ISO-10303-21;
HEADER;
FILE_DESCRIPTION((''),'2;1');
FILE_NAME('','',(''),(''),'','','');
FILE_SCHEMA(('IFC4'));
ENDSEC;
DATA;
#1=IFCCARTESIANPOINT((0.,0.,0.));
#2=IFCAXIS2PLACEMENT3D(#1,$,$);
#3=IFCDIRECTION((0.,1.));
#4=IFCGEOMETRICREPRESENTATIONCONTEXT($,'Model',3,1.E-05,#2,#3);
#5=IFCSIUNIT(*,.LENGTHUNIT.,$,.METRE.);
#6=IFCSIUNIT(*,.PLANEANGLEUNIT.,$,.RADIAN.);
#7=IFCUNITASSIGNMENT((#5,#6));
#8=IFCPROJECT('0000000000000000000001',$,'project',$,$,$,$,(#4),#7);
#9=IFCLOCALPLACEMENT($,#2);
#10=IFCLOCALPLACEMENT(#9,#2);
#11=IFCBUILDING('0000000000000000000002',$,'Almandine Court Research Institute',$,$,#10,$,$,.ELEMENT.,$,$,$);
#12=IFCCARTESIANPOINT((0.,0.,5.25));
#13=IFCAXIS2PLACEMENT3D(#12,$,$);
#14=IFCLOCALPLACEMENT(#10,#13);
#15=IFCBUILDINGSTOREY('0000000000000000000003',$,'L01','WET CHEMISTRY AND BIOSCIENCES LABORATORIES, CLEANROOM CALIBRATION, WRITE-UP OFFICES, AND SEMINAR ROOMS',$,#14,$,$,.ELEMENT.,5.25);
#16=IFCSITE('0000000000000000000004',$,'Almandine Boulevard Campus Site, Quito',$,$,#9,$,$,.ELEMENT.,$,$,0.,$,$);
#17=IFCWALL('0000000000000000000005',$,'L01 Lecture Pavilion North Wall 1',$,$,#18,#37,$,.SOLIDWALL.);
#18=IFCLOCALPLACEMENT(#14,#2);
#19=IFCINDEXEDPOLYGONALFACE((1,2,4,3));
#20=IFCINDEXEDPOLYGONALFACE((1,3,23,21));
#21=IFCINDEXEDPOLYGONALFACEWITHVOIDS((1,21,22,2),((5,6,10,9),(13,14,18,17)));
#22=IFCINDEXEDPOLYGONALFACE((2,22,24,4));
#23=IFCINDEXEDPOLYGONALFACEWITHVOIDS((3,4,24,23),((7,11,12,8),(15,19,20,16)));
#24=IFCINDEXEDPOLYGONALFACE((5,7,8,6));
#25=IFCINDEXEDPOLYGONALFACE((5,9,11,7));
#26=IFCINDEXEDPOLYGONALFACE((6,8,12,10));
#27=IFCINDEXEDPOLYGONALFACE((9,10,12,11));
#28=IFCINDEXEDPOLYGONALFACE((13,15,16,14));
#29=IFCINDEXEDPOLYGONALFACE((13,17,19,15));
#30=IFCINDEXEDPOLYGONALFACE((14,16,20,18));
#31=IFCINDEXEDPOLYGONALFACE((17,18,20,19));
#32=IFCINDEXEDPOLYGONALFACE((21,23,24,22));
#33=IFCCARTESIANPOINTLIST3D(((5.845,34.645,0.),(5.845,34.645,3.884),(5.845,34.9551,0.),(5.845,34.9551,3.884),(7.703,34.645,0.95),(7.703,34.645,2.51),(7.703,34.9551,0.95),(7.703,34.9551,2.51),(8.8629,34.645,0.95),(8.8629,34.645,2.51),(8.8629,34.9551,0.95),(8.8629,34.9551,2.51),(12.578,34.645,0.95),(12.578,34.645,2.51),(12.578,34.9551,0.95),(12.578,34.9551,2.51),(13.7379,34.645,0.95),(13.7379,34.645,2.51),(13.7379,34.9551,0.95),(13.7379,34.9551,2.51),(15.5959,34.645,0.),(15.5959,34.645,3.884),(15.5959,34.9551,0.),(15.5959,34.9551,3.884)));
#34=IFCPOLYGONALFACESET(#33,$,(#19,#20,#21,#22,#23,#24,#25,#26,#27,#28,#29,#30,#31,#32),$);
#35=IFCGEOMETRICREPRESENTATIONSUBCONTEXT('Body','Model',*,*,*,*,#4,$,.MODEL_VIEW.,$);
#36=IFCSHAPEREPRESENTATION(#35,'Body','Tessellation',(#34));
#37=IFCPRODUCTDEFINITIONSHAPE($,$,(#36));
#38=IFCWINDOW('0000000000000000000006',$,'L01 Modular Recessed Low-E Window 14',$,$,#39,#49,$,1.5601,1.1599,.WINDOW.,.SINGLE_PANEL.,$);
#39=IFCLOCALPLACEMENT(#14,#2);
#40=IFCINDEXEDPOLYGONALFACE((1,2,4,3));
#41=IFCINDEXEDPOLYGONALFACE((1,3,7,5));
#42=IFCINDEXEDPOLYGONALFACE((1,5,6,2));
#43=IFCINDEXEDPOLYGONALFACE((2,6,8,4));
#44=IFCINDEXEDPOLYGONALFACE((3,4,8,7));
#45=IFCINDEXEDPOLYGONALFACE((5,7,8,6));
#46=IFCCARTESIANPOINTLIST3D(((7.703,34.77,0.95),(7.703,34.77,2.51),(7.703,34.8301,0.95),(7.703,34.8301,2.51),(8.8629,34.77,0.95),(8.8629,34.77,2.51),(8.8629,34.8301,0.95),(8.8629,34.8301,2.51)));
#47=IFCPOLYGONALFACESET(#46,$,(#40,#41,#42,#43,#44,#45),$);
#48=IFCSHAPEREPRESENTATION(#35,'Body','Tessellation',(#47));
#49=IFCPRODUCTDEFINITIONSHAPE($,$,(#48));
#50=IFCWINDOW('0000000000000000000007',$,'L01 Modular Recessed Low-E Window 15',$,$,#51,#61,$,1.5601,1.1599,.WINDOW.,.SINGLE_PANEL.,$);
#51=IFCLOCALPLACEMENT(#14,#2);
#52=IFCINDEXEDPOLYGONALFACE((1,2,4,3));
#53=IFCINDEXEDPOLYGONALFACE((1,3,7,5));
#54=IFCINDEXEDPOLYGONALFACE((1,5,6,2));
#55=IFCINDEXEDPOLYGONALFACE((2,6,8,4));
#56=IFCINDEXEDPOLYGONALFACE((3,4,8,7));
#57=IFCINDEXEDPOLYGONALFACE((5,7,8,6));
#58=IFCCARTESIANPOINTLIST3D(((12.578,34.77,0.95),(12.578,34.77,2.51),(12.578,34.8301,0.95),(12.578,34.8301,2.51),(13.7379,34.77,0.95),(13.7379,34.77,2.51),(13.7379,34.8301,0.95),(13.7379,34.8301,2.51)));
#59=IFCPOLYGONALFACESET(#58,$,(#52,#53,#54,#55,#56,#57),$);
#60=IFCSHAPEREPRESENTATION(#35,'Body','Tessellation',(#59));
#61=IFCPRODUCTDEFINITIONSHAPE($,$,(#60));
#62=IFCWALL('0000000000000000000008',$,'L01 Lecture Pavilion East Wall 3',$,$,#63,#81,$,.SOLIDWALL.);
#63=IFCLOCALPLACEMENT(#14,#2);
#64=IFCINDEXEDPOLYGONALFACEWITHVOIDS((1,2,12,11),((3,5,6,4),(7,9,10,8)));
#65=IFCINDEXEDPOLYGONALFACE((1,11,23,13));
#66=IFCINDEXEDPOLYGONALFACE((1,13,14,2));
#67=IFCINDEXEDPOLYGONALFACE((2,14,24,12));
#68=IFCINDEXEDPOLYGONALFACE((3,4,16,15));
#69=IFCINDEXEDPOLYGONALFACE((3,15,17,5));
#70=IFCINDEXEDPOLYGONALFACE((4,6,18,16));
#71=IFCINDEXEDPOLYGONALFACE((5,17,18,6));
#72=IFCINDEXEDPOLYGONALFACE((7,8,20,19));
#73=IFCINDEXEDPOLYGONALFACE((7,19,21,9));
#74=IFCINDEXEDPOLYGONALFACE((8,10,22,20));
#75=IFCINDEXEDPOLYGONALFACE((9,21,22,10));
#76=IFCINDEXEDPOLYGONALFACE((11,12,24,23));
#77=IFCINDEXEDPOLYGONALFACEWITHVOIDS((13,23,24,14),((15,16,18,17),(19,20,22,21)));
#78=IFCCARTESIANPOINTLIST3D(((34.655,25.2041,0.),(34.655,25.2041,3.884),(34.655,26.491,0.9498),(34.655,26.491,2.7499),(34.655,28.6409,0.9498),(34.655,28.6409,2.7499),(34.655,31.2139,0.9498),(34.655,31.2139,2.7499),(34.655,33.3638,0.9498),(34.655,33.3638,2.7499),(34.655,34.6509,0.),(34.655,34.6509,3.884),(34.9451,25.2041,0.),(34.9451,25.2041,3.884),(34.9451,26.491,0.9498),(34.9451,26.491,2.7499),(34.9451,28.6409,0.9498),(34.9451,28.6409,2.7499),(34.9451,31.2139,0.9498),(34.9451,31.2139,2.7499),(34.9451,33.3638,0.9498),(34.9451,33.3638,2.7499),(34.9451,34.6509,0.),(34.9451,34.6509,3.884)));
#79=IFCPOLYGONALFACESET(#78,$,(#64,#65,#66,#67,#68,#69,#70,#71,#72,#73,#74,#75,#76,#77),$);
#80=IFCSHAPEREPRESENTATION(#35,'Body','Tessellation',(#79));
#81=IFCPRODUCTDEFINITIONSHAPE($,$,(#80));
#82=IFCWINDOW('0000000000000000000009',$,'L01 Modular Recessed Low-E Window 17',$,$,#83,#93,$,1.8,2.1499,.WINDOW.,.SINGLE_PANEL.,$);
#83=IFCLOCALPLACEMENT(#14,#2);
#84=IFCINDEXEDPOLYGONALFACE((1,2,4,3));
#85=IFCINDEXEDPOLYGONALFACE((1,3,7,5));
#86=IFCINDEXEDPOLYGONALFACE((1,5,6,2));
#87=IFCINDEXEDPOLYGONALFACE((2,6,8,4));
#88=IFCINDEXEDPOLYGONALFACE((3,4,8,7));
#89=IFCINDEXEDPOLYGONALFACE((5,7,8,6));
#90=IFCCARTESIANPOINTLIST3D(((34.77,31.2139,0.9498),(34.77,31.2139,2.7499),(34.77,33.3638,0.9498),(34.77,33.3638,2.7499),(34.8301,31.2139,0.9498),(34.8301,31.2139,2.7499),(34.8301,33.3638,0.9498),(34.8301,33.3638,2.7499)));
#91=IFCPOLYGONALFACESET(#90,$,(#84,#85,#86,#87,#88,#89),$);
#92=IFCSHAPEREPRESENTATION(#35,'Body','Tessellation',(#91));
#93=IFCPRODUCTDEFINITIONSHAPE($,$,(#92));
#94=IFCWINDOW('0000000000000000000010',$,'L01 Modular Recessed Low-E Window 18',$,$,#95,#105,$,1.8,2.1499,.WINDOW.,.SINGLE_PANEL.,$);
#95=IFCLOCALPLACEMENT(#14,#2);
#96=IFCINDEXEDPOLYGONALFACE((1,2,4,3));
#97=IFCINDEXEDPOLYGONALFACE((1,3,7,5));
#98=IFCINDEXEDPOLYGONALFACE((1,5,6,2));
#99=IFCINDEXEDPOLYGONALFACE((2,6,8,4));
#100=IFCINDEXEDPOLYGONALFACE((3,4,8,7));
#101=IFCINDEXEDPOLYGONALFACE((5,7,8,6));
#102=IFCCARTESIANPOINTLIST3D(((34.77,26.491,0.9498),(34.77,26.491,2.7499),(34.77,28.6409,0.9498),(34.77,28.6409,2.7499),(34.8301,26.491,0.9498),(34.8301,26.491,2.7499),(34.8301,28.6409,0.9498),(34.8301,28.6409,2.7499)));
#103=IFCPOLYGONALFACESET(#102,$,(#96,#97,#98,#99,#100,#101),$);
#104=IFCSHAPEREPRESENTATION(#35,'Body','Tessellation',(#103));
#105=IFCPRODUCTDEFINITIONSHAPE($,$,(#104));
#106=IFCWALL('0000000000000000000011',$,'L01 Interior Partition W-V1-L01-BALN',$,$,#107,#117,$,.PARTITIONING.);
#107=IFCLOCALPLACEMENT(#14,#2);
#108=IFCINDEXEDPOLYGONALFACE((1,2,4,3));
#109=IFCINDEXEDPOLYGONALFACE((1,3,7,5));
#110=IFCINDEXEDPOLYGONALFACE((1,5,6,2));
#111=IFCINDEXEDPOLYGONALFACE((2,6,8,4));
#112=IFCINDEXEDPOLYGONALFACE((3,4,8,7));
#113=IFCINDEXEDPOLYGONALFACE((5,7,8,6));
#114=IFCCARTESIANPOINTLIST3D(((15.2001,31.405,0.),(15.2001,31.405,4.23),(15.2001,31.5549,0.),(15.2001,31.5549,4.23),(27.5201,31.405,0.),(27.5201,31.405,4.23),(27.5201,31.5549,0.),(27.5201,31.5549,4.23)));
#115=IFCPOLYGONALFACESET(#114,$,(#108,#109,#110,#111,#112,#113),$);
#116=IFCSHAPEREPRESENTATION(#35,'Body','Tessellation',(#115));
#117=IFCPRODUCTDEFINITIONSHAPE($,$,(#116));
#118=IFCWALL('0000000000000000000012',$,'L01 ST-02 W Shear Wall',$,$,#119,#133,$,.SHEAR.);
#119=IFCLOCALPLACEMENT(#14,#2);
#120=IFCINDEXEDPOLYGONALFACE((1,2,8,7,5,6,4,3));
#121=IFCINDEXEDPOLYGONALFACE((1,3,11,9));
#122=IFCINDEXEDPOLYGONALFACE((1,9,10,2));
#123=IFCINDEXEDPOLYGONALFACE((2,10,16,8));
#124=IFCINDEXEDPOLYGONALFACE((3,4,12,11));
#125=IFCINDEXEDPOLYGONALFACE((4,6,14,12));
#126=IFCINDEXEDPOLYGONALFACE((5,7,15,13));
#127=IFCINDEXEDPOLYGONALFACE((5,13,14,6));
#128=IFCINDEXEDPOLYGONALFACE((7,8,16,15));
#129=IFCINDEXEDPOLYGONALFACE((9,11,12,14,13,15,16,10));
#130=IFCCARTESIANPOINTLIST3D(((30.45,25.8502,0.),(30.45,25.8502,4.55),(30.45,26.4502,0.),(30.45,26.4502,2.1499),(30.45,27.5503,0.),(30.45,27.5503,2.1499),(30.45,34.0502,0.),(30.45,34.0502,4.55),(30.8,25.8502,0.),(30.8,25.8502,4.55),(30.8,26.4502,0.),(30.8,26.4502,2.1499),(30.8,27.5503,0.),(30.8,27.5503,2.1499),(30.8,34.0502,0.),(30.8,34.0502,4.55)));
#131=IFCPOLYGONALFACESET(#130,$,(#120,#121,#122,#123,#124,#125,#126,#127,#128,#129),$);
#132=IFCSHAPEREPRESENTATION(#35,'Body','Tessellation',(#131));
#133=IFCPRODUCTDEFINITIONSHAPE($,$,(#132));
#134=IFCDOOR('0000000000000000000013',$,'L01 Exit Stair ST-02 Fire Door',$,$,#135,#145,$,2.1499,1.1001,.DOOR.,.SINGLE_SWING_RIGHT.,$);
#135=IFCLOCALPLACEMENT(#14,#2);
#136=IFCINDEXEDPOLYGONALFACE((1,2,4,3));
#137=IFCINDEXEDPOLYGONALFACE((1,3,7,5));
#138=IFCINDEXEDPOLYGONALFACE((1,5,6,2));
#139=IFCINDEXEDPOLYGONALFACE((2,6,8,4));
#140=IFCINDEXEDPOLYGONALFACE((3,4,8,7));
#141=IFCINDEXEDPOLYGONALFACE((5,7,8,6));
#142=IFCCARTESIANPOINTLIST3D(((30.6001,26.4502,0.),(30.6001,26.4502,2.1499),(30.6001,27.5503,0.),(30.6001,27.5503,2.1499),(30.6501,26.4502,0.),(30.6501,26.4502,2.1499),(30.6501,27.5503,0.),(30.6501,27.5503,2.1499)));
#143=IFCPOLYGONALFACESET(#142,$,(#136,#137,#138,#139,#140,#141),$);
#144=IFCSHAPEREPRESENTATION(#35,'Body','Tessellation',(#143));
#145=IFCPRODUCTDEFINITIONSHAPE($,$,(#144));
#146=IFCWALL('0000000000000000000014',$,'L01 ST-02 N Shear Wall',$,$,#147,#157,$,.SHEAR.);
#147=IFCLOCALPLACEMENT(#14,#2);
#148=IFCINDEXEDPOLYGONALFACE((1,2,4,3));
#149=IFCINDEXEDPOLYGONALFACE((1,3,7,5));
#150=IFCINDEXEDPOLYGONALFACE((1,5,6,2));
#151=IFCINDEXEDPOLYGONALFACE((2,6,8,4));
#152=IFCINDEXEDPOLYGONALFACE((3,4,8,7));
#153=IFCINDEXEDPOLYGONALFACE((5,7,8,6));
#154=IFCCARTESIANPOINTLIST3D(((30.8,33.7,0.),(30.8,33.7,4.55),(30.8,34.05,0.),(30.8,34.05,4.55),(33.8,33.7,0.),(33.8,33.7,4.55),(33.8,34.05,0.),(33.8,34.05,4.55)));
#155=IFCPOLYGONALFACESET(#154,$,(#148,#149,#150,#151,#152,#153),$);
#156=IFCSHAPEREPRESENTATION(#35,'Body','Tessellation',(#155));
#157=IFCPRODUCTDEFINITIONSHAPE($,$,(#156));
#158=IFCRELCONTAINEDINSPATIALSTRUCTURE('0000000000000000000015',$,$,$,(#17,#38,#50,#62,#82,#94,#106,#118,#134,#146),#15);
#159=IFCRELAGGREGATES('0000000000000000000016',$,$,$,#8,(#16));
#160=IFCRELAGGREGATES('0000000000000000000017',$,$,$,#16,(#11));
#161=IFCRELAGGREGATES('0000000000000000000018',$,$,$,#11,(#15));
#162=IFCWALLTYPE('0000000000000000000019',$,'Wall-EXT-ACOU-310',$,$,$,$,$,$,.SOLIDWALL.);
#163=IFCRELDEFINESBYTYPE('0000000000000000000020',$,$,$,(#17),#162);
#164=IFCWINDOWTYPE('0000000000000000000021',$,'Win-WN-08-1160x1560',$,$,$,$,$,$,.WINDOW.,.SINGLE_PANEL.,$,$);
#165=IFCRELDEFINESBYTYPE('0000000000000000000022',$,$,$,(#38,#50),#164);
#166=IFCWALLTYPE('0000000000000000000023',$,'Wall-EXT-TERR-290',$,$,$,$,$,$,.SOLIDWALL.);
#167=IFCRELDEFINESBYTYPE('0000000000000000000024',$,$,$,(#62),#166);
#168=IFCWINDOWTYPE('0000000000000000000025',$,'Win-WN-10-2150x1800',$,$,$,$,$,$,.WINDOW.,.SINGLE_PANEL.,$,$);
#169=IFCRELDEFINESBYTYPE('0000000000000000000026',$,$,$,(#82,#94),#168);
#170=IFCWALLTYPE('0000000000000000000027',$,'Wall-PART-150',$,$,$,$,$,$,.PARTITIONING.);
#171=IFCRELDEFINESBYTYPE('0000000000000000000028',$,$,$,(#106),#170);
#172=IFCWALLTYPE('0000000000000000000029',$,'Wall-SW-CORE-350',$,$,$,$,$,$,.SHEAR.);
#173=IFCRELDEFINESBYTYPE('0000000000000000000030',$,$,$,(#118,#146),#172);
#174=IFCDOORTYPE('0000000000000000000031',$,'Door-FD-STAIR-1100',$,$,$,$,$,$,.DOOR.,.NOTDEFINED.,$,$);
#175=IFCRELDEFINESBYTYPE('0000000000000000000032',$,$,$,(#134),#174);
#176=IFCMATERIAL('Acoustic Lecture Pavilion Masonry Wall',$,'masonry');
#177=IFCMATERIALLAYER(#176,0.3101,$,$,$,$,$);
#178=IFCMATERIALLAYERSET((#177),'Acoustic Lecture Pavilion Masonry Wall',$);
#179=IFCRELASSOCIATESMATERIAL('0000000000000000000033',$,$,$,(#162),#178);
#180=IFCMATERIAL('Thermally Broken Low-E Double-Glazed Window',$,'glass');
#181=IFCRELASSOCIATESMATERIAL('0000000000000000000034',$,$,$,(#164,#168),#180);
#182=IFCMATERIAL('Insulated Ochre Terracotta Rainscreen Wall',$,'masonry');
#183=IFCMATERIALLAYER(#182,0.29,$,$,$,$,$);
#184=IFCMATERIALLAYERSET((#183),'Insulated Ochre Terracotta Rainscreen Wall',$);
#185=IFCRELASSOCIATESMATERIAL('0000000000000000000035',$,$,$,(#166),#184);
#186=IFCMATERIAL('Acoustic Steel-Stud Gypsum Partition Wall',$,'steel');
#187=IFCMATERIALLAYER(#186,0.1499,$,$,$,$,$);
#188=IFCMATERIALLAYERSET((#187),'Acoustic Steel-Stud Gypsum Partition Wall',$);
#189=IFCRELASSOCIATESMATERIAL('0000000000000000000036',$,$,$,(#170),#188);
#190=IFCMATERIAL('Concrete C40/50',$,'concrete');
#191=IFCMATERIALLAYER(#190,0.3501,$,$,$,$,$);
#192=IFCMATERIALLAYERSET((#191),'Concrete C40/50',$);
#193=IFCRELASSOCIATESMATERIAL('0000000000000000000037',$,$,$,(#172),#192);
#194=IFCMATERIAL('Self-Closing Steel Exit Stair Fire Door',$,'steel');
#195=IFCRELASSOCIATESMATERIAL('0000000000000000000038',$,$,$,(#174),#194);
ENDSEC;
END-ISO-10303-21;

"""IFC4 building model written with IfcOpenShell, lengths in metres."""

from ifc_helpers import new_model, si_unit, direction, frame, frame_2d, origin, place, context, subcontext, project, spatial, rectangle, extrude, material, layer, layer_set, type_object, element, fill, save


model = new_model("IFC4")

# Units and contexts
model_context = context("Model", 3, precision=1e-05, world=origin(), true_north=direction((0.0, 1.0)))
body_context = subcontext(model_context, "Body", "Model", "MODEL_VIEW")
ifc_project = project(units=[si_unit("LENGTHUNIT", "METRE"), si_unit("PLANEANGLEUNIT", "RADIAN")], contexts=[model_context])

# Site, building, storey
site_placement = place(None, origin())
site = spatial("IfcSite", under=ifc_project, at=site_placement, Name="Almandine Boulevard Campus Site, Quito", CompositionType="ELEMENT", RefElevation=0.0)
building_placement = place(site_placement, origin())
building = spatial("IfcBuilding", under=site, at=building_placement, Name="Almandine Court Research Institute", CompositionType="ELEMENT")
storey_placement = place(building_placement, frame((0.0, 0.0, 5.25)))
storey = spatial("IfcBuildingStorey", under=building, at=storey_placement, Name="L01", Description="WET CHEMISTRY AND BIOSCIENCES LABORATORIES, CLEANROOM CALIBRATION, WRITE-UP OFFICES, AND SEMINAR ROOMS", CompositionType="ELEMENT", Elevation=5.25)

# Walls, openings, windows
ifc_material_1 = material(Name="Acoustic Lecture Pavilion Masonry Wall", Category="masonry")
ifc_layer_1 = layer(ifc_material_1, 0.3101)
ifc_layer_set_1 = layer_set([ifc_layer_1], Name="Acoustic Lecture Pavilion Masonry Wall")
wall_type_1 = type_object("IfcWallType", Name="Wall-EXT-ACOU-310", PredefinedType="SOLIDWALL", material=ifc_layer_set_1)
ifc_material_2 = material(Name="Thermally Broken Low-E Double-Glazed Window", Category="glass")
wall_1_placement = place(storey_placement, frame((5.845, 34.8, 0.0), z_axis=(0.0, 0.0, 1.0), x_axis=(1.0, 0.0, 0.0)))
wall_1 = element("IfcWall", 1, at=wall_1_placement, inside=storey, type_object=wall_type_1, Name="L01 Lecture Pavilion North Wall 1", PredefinedType="SOLIDWALL", context=body_context, shape_type="SweptSolid", body=[
    extrude(rectangle(XDim=9.751, YDim=0.3101, at=frame_2d((4.8755, 0.0))), origin(), (0.0, 0.0, 1.0), 3.884),
])
opening_1_placement = place(wall_1_placement, frame((1.8579, 0.0, 0.95)))
opening_1 = element("IfcOpeningElement", 2, at=opening_1_placement, cuts=wall_1, PredefinedType="OPENING", context=body_context, shape_type="SweptSolid", body=[
    extrude(rectangle(XDim=1.1599, YDim=1.5601, at=frame_2d((0.5801, 0.78))), frame((0.0, 0.165, 0.0), z_axis=(0.0, -1.0, 0.0), x_axis=(1.0, 0.0, 0.0)), (0.0, 0.0, 1.0), 0.3301),
])
opening_2_placement = place(wall_1_placement, frame((6.7329, 0.0, 0.95)))
opening_2 = element("IfcOpeningElement", 3, at=opening_2_placement, cuts=wall_1, PredefinedType="OPENING", context=body_context, shape_type="SweptSolid", body=[
    extrude(rectangle(XDim=1.1599, YDim=1.5601, at=frame_2d((0.5801, 0.78))), frame((0.0, 0.165, 0.0), z_axis=(0.0, -1.0, 0.0), x_axis=(1.0, 0.0, 0.0)), (0.0, 0.0, 1.0), 0.3301),
])
window_type_1 = type_object("IfcWindowType", Name="Win-WN-08-1160x1560", PartitioningType="SINGLE_PANEL", PredefinedType="WINDOW", material=ifc_material_2)
window_1_placement = place(opening_1_placement, origin())
window_1 = element("IfcWindow", 4, at=window_1_placement, inside=storey, type_object=window_type_1, Name="L01 Modular Recessed Low-E Window 14", OverallHeight=1.5601, OverallWidth=1.1599, PartitioningType="SINGLE_PANEL", PredefinedType="WINDOW", context=body_context, shape_type="SweptSolid", body=[
    extrude(rectangle(XDim=1.1599, YDim=1.5601, at=frame_2d((0.5801, 0.78))), frame((0.0, 0.03, 0.0), z_axis=(0.0, -1.0, 0.0), x_axis=(1.0, 0.0, 0.0)), (0.0, 0.0, 1.0), 0.0601),
])
fill(opening_1, window_1)
window_2_placement = place(opening_2_placement, origin())
window_2 = element("IfcWindow", 5, at=window_2_placement, inside=storey, type_object=window_type_1, Name="L01 Modular Recessed Low-E Window 15", OverallHeight=1.5601, OverallWidth=1.1599, PartitioningType="SINGLE_PANEL", PredefinedType="WINDOW", context=body_context, shape_type="SweptSolid", body=[
    extrude(rectangle(XDim=1.1599, YDim=1.5601, at=frame_2d((0.5801, 0.78))), frame((0.0, 0.03, 0.0), z_axis=(0.0, -1.0, 0.0), x_axis=(1.0, 0.0, 0.0)), (0.0, 0.0, 1.0), 0.0601),
])
fill(opening_2, window_2)
ifc_material_3 = material(Name="Insulated Ochre Terracotta Rainscreen Wall", Category="masonry")
ifc_layer_2 = layer(ifc_material_3, 0.29)
ifc_layer_set_2 = layer_set([ifc_layer_2], Name="Insulated Ochre Terracotta Rainscreen Wall")
wall_type_2 = type_object("IfcWallType", Name="Wall-EXT-TERR-290", PredefinedType="SOLIDWALL", material=ifc_layer_set_2)
wall_2_placement = place(storey_placement, frame((34.8, 34.6509, 0.0), z_axis=(0.0, 0.0, 1.0), x_axis=(0.0, -1.0, 0.0)))
wall_2 = element("IfcWall", 6, at=wall_2_placement, inside=storey, type_object=wall_type_2, Name="L01 Lecture Pavilion East Wall 3", PredefinedType="SOLIDWALL", context=body_context, shape_type="SweptSolid", body=[
    extrude(rectangle(XDim=9.4468, YDim=0.29, at=frame_2d((4.7234, 0.0))), origin(), (0.0, 0.0, 1.0), 3.884),
])
opening_3_placement = place(wall_2_placement, frame((1.2871, 0.0, 0.95)))
opening_3 = element("IfcOpeningElement", 7, at=opening_3_placement, cuts=wall_2, PredefinedType="OPENING", context=body_context, shape_type="SweptSolid", body=[
    extrude(rectangle(XDim=2.1499, YDim=1.8, at=frame_2d((1.075, 0.8999))), frame((0.0, 0.155, 0.0), z_axis=(0.0, -1.0, 0.0), x_axis=(1.0, 0.0, 0.0)), (0.0, 0.0, 1.0), 0.3101),
])
opening_4_placement = place(wall_2_placement, frame((6.01, 0.0, 0.95)))
opening_4 = element("IfcOpeningElement", 8, at=opening_4_placement, cuts=wall_2, PredefinedType="OPENING", context=body_context, shape_type="SweptSolid", body=[
    extrude(rectangle(XDim=2.1499, YDim=1.8, at=frame_2d((1.075, 0.8999))), frame((0.0, 0.155, 0.0), z_axis=(0.0, -1.0, 0.0), x_axis=(1.0, 0.0, 0.0)), (0.0, 0.0, 1.0), 0.3101),
])
window_type_2 = type_object("IfcWindowType", Name="Win-WN-10-2150x1800", PartitioningType="SINGLE_PANEL", PredefinedType="WINDOW", material=ifc_material_2)
window_3_placement = place(opening_3_placement, origin())
window_3 = element("IfcWindow", 9, at=window_3_placement, inside=storey, type_object=window_type_2, Name="L01 Modular Recessed Low-E Window 17", OverallHeight=1.8, OverallWidth=2.1499, PartitioningType="SINGLE_PANEL", PredefinedType="WINDOW", context=body_context, shape_type="SweptSolid", body=[
    extrude(rectangle(XDim=2.1499, YDim=1.8, at=frame_2d((1.075, 0.8999))), frame((0.0, 0.03, 0.0), z_axis=(0.0, -1.0, 0.0), x_axis=(1.0, 0.0, 0.0)), (0.0, 0.0, 1.0), 0.0601),
])
fill(opening_3, window_3)
window_4_placement = place(opening_4_placement, origin())
window_4 = element("IfcWindow", 10, at=window_4_placement, inside=storey, type_object=window_type_2, Name="L01 Modular Recessed Low-E Window 18", OverallHeight=1.8, OverallWidth=2.1499, PartitioningType="SINGLE_PANEL", PredefinedType="WINDOW", context=body_context, shape_type="SweptSolid", body=[
    extrude(rectangle(XDim=2.1499, YDim=1.8, at=frame_2d((1.075, 0.8999))), frame((0.0, 0.03, 0.0), z_axis=(0.0, -1.0, 0.0), x_axis=(1.0, 0.0, 0.0)), (0.0, 0.0, 1.0), 0.0601),
])
fill(opening_4, window_4)

# Wall
ifc_material_4 = material(Name="Acoustic Steel-Stud Gypsum Partition Wall", Category="steel")
ifc_layer_3 = layer(ifc_material_4, 0.1499)
ifc_layer_set_3 = layer_set([ifc_layer_3], Name="Acoustic Steel-Stud Gypsum Partition Wall")
wall_type_3 = type_object("IfcWallType", Name="Wall-PART-150", PredefinedType="PARTITIONING", material=ifc_layer_set_3)
wall_3_placement = place(storey_placement, frame((15.2, 31.48, 0.0), z_axis=(0.0, 0.0, 1.0), x_axis=(1.0, 0.0, 0.0)))
element("IfcWall", 11, at=wall_3_placement, inside=storey, type_object=wall_type_3, Name="L01 Interior Partition W-V1-L01-BALN", PredefinedType="PARTITIONING", context=body_context, shape_type="SweptSolid", body=[
    extrude(rectangle(XDim=12.3201, YDim=0.1499, at=frame_2d((6.1602, 0.0))), origin(), (0.0, 0.0, 1.0), 4.23),
])

# Wall, opening, door
ifc_material_5 = material(Name="Concrete C40/50", Category="concrete")
ifc_layer_4 = layer(ifc_material_5, 0.3501)
ifc_layer_set_4 = layer_set([ifc_layer_4], Name="Concrete C40/50")
wall_type_4 = type_object("IfcWallType", Name="Wall-SW-CORE-350", PredefinedType="SHEAR", material=ifc_layer_set_4)
wall_4_placement = place(storey_placement, frame((30.625, 25.8501, 0.0), z_axis=(0.0, 0.0, 1.0), x_axis=(0.0, 1.0, 0.0)))
wall_4 = element("IfcWall", 12, at=wall_4_placement, inside=storey, type_object=wall_type_4, Name="L01 ST-02 W Shear Wall", PredefinedType="SHEAR", context=body_context, shape_type="SweptSolid", body=[
    extrude(rectangle(XDim=8.2, YDim=0.3501, at=frame_2d((4.1001, 0.0))), origin(), (0.0, 0.0, 1.0), 4.55),
])
opening_5_placement = place(wall_4_placement, frame((0.6001, 0.0, 0.0)))
opening_5 = element("IfcOpeningElement", 13, at=opening_5_placement, cuts=wall_4, PredefinedType="OPENING", context=body_context, shape_type="SweptSolid", body=[
    extrude(rectangle(XDim=1.1001, YDim=2.1499, at=frame_2d((0.55, 1.075))), frame((0.0, 0.1851, 0.0), z_axis=(0.0, -1.0, 0.0), x_axis=(1.0, 0.0, 0.0)), (0.0, 0.0, 1.0), 0.3701),
])
ifc_material_6 = material(Name="Self-Closing Steel Exit Stair Fire Door", Category="steel")
door_type = type_object("IfcDoorType", Name="Door-FD-STAIR-1100", OperationType="NOTDEFINED", PredefinedType="DOOR", material=ifc_material_6)
door_placement = place(opening_5_placement, origin())
door = element("IfcDoor", 14, at=door_placement, inside=storey, type_object=door_type, Name="L01 Exit Stair ST-02 Fire Door", OperationType="SINGLE_SWING_RIGHT", OverallHeight=2.1499, OverallWidth=1.1001, PredefinedType="DOOR", context=body_context, shape_type="SweptSolid", body=[
    extrude(rectangle(XDim=1.1001, YDim=2.1499, at=frame_2d((0.55, 1.075))), frame((0.0, 0.0249, 0.0), z_axis=(0.0, -1.0, 0.0), x_axis=(1.0, 0.0, 0.0)), (0.0, 0.0, 1.0), 0.05),
])
fill(opening_5, door)

# Wall
wall_5_placement = place(storey_placement, frame((30.8, 33.875, 0.0), z_axis=(0.0, 0.0, 1.0), x_axis=(1.0, 0.0, 0.0)))
element("IfcWall", 15, at=wall_5_placement, inside=storey, type_object=wall_type_4, Name="L01 ST-02 N Shear Wall", PredefinedType="SHEAR", context=body_context, shape_type="SweptSolid", body=[
    extrude(rectangle(XDim=3.0, YDim=0.3501, at=frame_2d((1.5, 0.0))), origin(), (0.0, 0.0, 1.0), 4.55),
])

save(model, "model.ifc")
